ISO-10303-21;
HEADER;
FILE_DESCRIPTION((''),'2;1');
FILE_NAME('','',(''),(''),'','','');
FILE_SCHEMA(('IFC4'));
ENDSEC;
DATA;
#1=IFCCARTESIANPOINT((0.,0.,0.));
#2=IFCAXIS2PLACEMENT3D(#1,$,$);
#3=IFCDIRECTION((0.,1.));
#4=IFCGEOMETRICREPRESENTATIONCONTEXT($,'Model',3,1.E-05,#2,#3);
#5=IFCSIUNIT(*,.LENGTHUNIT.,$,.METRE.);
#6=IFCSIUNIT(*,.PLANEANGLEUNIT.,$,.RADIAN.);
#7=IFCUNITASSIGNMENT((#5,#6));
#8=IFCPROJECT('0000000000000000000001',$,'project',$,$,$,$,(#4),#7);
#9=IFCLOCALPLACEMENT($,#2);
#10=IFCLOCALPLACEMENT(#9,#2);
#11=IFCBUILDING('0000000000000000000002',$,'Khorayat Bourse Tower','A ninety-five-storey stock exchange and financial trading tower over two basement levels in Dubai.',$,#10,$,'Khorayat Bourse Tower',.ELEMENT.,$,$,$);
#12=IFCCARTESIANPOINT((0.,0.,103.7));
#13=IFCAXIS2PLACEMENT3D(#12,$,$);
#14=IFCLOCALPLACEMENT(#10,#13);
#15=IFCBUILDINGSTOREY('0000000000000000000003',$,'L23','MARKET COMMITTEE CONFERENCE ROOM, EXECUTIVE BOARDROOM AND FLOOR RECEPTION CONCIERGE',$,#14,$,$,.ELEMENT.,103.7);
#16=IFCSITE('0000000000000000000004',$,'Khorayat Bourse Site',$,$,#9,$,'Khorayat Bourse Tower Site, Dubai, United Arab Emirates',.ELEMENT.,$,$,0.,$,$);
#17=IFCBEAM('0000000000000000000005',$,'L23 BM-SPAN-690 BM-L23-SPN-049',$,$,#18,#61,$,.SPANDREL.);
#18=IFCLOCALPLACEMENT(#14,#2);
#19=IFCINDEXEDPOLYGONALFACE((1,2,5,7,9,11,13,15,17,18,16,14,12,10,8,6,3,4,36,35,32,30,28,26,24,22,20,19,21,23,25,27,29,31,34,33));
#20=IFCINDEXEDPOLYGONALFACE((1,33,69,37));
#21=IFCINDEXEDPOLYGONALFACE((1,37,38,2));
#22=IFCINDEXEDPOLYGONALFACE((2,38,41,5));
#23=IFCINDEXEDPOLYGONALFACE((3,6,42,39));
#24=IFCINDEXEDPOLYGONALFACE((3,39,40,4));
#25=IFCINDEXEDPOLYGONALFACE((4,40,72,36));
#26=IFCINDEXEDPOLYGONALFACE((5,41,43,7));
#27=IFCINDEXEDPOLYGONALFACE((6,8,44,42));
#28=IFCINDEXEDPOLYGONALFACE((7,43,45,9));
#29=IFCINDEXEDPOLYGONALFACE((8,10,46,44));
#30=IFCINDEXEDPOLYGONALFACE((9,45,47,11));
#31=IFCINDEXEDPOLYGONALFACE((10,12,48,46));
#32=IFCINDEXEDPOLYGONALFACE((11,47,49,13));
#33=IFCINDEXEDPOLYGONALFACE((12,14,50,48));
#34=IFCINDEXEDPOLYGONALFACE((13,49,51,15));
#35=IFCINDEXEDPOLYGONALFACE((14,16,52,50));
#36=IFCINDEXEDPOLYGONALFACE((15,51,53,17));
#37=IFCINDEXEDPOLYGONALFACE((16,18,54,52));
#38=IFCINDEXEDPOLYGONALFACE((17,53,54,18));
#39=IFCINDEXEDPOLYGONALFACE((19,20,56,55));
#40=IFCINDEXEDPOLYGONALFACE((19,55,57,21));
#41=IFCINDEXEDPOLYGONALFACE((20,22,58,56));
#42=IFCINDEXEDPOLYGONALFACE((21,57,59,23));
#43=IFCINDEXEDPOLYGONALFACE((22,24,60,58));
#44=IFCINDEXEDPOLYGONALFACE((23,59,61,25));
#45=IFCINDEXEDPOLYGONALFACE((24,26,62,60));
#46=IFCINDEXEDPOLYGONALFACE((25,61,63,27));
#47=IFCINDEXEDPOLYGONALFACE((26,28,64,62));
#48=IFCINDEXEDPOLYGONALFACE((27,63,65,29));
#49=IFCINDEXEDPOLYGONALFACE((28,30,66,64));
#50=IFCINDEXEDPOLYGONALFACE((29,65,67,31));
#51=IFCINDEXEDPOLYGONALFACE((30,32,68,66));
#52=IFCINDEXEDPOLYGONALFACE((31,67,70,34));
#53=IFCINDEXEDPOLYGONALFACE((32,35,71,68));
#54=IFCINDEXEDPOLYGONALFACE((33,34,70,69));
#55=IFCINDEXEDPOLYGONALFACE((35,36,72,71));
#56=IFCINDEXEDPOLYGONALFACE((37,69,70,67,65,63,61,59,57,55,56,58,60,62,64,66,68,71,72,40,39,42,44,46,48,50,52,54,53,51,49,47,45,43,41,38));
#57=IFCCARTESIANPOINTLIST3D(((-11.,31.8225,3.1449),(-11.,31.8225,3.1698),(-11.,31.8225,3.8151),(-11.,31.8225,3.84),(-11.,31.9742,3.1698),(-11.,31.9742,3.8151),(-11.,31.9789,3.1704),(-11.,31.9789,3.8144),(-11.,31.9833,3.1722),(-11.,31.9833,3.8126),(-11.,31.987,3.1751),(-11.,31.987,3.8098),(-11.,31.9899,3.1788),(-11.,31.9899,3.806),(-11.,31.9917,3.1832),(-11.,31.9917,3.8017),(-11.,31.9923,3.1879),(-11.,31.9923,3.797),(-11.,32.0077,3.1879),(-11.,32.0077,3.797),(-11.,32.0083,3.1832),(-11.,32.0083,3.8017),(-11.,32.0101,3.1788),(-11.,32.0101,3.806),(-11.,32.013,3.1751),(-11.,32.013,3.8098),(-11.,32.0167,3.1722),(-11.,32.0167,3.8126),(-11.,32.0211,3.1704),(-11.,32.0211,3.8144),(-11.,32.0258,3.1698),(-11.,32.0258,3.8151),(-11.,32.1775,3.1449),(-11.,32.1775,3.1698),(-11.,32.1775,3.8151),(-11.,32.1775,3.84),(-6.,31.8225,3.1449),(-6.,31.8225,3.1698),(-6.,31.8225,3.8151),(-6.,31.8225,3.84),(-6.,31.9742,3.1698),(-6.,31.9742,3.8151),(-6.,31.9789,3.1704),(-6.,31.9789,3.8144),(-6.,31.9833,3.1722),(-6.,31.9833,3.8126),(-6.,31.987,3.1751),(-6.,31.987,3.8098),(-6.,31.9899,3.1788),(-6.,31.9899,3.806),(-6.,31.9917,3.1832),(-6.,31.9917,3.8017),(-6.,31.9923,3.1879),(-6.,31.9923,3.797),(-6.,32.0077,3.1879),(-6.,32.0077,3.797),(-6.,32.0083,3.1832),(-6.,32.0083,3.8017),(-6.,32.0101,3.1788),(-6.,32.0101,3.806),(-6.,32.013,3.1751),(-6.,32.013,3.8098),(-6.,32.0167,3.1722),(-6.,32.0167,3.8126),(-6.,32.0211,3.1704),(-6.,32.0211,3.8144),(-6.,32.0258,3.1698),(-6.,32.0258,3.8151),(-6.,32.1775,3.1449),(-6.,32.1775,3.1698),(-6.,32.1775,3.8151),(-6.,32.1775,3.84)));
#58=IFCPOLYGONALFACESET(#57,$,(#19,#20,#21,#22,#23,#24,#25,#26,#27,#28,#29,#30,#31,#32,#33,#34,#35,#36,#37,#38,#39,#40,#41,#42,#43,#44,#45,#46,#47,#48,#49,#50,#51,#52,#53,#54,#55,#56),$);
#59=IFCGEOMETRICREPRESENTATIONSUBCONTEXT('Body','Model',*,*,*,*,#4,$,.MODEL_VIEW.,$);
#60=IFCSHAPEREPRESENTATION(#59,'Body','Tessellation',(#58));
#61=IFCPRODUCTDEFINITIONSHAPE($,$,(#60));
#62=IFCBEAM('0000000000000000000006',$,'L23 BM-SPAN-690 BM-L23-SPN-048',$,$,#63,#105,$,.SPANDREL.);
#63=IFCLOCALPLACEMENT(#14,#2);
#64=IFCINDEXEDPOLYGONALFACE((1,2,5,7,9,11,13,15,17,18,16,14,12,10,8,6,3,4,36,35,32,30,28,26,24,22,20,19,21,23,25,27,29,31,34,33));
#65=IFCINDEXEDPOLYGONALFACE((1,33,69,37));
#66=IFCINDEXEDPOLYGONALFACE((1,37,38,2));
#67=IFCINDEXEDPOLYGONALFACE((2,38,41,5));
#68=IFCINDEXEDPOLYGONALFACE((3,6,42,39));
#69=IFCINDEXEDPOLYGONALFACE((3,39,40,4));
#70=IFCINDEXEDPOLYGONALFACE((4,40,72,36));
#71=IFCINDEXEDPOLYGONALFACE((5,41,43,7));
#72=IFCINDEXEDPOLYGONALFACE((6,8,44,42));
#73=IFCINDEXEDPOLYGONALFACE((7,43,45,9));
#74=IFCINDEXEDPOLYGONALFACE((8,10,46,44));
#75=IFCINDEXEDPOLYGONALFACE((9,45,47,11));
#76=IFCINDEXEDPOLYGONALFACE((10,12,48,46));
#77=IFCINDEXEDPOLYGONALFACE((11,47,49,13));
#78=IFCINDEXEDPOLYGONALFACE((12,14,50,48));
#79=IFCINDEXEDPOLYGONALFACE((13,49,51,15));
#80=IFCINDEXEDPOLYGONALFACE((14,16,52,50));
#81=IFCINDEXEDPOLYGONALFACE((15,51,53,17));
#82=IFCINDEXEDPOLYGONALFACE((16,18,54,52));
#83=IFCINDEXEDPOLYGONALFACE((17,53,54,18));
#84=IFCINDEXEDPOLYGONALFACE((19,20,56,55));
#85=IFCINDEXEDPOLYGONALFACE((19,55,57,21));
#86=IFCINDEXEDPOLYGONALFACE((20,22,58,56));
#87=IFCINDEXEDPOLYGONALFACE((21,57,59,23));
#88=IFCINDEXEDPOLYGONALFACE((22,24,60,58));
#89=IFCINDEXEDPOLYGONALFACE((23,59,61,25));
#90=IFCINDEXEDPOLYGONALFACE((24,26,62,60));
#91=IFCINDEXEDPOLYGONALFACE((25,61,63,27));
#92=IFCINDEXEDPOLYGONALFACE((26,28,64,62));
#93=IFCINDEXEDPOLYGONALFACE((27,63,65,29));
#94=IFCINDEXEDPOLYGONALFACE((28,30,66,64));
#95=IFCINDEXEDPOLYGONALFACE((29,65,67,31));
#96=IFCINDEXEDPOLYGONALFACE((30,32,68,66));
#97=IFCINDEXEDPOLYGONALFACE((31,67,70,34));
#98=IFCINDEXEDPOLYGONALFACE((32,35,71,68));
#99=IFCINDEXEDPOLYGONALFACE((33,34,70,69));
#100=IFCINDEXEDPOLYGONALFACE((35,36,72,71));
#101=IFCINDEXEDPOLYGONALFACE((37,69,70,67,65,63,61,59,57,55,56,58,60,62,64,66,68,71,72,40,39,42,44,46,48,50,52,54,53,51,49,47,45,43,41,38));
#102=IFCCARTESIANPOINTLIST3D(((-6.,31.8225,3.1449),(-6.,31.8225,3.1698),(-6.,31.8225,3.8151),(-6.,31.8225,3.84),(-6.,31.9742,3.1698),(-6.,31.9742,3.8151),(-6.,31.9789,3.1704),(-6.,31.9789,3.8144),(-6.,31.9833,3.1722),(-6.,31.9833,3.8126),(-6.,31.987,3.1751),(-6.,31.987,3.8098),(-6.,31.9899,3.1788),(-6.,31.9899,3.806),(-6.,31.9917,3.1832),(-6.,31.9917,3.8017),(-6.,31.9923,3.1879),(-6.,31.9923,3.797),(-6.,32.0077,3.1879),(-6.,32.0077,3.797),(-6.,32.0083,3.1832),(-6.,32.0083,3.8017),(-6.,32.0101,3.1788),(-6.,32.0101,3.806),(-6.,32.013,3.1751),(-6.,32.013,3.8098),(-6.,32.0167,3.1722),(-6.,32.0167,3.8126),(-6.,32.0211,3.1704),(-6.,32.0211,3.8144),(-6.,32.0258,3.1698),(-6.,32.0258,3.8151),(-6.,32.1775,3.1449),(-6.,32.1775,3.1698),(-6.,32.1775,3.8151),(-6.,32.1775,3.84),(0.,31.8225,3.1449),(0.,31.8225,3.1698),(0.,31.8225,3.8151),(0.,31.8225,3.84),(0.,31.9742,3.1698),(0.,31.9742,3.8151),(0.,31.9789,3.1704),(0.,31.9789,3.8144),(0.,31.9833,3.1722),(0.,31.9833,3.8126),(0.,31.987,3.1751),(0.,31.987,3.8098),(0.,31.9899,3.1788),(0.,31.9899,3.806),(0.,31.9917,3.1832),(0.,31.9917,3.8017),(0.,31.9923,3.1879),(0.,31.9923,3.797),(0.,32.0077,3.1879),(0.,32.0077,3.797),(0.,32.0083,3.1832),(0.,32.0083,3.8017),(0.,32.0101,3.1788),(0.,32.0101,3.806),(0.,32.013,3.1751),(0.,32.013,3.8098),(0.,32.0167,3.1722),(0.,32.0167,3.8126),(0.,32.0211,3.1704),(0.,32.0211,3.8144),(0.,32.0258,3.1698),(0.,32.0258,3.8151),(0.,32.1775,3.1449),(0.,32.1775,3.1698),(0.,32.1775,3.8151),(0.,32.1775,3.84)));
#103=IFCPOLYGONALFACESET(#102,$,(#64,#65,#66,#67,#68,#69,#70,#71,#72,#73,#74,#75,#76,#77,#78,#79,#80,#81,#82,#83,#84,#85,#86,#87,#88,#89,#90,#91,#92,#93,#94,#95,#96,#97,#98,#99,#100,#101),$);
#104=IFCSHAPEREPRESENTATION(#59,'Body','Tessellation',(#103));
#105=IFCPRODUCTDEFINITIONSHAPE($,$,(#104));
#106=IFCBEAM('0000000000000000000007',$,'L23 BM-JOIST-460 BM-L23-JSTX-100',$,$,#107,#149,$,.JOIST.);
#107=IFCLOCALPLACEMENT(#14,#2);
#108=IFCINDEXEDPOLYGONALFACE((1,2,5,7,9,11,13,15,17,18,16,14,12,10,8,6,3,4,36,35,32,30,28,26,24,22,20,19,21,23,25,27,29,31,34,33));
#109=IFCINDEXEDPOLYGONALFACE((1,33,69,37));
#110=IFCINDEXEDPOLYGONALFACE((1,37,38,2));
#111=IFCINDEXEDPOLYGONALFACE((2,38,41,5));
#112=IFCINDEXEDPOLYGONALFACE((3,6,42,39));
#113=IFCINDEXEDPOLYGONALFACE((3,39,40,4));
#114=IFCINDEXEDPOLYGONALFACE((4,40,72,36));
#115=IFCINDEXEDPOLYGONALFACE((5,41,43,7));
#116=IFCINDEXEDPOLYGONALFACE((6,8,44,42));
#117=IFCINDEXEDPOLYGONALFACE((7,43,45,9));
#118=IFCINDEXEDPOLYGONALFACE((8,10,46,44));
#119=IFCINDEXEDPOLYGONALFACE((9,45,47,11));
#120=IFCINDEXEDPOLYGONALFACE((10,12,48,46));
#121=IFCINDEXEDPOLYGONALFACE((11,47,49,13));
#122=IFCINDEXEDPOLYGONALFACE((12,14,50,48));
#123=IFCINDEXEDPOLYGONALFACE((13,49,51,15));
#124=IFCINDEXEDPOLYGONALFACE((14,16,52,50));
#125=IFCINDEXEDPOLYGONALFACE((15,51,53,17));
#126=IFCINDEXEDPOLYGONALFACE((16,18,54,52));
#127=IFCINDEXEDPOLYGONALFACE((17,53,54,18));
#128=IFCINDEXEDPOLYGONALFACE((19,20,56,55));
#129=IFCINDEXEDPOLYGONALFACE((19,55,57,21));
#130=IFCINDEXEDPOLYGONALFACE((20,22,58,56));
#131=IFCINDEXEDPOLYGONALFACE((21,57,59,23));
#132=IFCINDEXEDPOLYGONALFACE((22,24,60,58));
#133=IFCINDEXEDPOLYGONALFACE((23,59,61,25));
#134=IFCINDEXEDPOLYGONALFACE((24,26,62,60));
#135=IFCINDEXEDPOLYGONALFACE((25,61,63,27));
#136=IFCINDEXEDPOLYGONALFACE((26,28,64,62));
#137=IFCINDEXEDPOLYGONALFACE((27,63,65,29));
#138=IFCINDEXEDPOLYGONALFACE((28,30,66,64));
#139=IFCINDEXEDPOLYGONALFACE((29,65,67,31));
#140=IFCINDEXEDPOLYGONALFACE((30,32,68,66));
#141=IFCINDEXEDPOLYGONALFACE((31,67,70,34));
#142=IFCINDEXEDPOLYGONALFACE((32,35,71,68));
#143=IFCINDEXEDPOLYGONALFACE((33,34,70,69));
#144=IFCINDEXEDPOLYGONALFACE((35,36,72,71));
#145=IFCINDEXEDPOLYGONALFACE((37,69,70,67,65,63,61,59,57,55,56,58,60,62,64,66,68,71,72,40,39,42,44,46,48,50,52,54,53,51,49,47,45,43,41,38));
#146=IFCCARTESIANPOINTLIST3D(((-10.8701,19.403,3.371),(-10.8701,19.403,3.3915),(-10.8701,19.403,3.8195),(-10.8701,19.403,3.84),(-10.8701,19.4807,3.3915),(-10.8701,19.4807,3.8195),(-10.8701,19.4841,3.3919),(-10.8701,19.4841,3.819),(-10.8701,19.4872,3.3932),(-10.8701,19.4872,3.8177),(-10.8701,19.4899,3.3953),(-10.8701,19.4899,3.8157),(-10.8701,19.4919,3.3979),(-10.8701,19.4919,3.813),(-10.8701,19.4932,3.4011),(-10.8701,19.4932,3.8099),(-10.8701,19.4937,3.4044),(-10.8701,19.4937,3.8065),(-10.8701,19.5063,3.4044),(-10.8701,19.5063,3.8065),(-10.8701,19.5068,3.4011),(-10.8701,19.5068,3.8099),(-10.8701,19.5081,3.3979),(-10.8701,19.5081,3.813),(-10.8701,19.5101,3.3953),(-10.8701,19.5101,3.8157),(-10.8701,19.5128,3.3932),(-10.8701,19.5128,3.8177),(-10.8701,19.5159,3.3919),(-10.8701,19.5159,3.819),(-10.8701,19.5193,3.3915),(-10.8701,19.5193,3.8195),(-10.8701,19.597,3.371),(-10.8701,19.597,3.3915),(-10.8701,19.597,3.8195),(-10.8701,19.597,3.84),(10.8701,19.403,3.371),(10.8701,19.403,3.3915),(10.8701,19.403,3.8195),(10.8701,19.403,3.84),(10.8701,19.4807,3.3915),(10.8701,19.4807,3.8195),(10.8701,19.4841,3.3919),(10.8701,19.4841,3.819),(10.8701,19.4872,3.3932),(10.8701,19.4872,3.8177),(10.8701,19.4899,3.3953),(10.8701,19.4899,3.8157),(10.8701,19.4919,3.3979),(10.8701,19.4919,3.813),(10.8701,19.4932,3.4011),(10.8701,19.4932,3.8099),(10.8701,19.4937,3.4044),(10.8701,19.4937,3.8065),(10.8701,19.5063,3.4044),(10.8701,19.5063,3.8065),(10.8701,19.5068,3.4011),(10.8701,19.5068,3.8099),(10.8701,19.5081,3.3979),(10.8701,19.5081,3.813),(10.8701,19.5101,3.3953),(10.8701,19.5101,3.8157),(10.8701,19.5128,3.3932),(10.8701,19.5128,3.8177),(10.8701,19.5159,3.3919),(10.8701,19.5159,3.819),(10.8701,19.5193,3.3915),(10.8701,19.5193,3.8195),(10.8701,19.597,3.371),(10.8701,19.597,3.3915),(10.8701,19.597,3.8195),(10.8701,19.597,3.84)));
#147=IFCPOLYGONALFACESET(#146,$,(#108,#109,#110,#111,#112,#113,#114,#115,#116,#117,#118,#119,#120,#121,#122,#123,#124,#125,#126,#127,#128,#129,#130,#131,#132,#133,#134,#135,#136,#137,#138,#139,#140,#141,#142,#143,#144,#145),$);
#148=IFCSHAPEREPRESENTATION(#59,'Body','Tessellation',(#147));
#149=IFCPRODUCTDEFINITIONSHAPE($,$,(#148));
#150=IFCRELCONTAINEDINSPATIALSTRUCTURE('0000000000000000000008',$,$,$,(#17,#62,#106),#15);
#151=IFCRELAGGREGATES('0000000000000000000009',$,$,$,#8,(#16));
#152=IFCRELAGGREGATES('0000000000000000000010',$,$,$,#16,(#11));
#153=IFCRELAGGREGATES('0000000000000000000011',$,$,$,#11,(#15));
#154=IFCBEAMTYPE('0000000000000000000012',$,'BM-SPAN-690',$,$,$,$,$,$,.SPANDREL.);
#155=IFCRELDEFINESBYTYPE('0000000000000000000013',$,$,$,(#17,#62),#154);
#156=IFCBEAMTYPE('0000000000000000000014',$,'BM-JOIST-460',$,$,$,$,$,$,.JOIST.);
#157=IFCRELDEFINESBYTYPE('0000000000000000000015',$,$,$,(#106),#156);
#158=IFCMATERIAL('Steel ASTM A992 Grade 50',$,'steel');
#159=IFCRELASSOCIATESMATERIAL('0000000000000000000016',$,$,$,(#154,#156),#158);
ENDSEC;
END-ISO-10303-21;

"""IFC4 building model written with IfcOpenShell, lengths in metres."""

from ifc_helpers import new_model, si_unit, direction, frame, origin, origin_2d, place, context, subcontext, project, spatial, i_section, extrude, source, transform, mapped, material, material_profile, profile_set, type_object, element, save


model = new_model("IFC4")

# Units and contexts
model_context = context("Model", 3, precision=1e-05, world=origin(), true_north=direction((0.0, 1.0)))
body_context = subcontext(model_context, "Body", "Model", "MODEL_VIEW")
ifc_project = project(units=[si_unit("LENGTHUNIT", "METRE"), si_unit("PLANEANGLEUNIT", "RADIAN")], contexts=[model_context])

# Site, building, storey
site_placement = place(None, origin())
site = spatial("IfcSite", under=ifc_project, at=site_placement, Name="Khorayat Bourse Site", LongName="Khorayat Bourse Tower Site, Dubai, United Arab Emirates", CompositionType="ELEMENT", RefElevation=0.0)
building_placement = place(site_placement, origin())
building = spatial("IfcBuilding", under=site, at=building_placement, Name="Khorayat Bourse Tower", Description="A ninety-five-storey stock exchange and financial trading tower over two basement levels in Dubai.", LongName="Khorayat Bourse Tower", CompositionType="ELEMENT")
storey_placement = place(building_placement, frame((0.0, 0.0, 103.7)))
storey = spatial("IfcBuildingStorey", under=building, at=storey_placement, Name="L23", Description="MARKET COMMITTEE CONFERENCE ROOM, EXECUTIVE BOARDROOM AND FLOOR RECEPTION CONCIERGE", CompositionType="ELEMENT", Elevation=103.7)

# Beams
ifc_material_1 = material(Name="Steel ASTM A992 Grade 50", Category="steel")
ifc_material_profile_1 = material_profile(ifc_material_1, i_section(OverallWidth=0.355, OverallDepth=0.6951, WebThickness=0.0154, FlangeThickness=0.0249, FilletRadius=0.0181, at=origin_2d()), Name="W690X217")
ifc_profile_set_1 = profile_set([ifc_material_profile_1], Name="Steel ASTM A992 Grade 50")
beam_type_1 = type_object("IfcBeamType", Name="BM-SPAN-690", PredefinedType="SPANDREL", material=ifc_profile_set_1)
shared_shape_1 = source(origin(), body_context, "Body", "SweptSolid", [
    extrude(i_section(OverallWidth=0.355, OverallDepth=0.6951, WebThickness=0.0154, FlangeThickness=0.0249, FilletRadius=0.0181, at=origin_2d()), origin(), (0.0, 0.0, 1.0), 5.0),
])
beam_1_placement = place(storey_placement, frame((-11.0, 32.0, 3.4924), z_axis=(1.0, 0.0, 0.0), x_axis=(0.0, 1.0, 0.0)))
element("IfcBeam", 1, at=beam_1_placement, inside=storey, type_object=beam_type_1, Name="L23 BM-SPAN-690 BM-L23-SPN-049", PredefinedType="SPANDREL", context=body_context, shape_type="MappedRepresentation", body=[
    mapped(shared_shape_1, transform((0.0, 0.0, 0.0), scale=1.0)),
])
shared_shape_2 = source(origin(), body_context, "Body", "SweptSolid", [
    extrude(i_section(OverallWidth=0.355, OverallDepth=0.6951, WebThickness=0.0154, FlangeThickness=0.0249, FilletRadius=0.0181, at=origin_2d()), origin(), (0.0, 0.0, 1.0), 6.0),
])
beam_2_placement = place(storey_placement, frame((-6.0, 32.0, 3.4924), z_axis=(1.0, 0.0, 0.0), x_axis=(0.0, 1.0, 0.0)))
element("IfcBeam", 2, at=beam_2_placement, inside=storey, type_object=beam_type_1, Name="L23 BM-SPAN-690 BM-L23-SPN-048", PredefinedType="SPANDREL", context=body_context, shape_type="MappedRepresentation", body=[
    mapped(shared_shape_2, transform((0.0, 0.0, 0.0), scale=1.0)),
])
ifc_material_profile_2 = material_profile(ifc_material_1, i_section(OverallWidth=0.1941, OverallDepth=0.469, WebThickness=0.0127, FlangeThickness=0.0205, FilletRadius=0.0129, at=origin_2d()), Name="W460X106")
ifc_profile_set_2 = profile_set([ifc_material_profile_2], Name="Steel ASTM A992 Grade 50")
beam_type_2 = type_object("IfcBeamType", Name="BM-JOIST-460", PredefinedType="JOIST", material=ifc_profile_set_2)
shared_shape_3 = source(origin(), body_context, "Body", "SweptSolid", [
    extrude(i_section(OverallWidth=0.1941, OverallDepth=0.469, WebThickness=0.0127, FlangeThickness=0.0205, FilletRadius=0.0129, at=origin_2d()), origin(), (0.0, 0.0, 1.0), 21.7402),
])
beam_3_placement = place(storey_placement, frame((-10.8701, 19.5, 3.6055), z_axis=(1.0, 0.0, 0.0), x_axis=(0.0, 1.0, 0.0)))
element("IfcBeam", 3, at=beam_3_placement, inside=storey, type_object=beam_type_2, Name="L23 BM-JOIST-460 BM-L23-JSTX-100", PredefinedType="JOIST", context=body_context, shape_type="MappedRepresentation", body=[
    mapped(shared_shape_3, transform((0.0, 0.0, 0.0), scale=1.0)),
])

save(model, "model.ifc")
